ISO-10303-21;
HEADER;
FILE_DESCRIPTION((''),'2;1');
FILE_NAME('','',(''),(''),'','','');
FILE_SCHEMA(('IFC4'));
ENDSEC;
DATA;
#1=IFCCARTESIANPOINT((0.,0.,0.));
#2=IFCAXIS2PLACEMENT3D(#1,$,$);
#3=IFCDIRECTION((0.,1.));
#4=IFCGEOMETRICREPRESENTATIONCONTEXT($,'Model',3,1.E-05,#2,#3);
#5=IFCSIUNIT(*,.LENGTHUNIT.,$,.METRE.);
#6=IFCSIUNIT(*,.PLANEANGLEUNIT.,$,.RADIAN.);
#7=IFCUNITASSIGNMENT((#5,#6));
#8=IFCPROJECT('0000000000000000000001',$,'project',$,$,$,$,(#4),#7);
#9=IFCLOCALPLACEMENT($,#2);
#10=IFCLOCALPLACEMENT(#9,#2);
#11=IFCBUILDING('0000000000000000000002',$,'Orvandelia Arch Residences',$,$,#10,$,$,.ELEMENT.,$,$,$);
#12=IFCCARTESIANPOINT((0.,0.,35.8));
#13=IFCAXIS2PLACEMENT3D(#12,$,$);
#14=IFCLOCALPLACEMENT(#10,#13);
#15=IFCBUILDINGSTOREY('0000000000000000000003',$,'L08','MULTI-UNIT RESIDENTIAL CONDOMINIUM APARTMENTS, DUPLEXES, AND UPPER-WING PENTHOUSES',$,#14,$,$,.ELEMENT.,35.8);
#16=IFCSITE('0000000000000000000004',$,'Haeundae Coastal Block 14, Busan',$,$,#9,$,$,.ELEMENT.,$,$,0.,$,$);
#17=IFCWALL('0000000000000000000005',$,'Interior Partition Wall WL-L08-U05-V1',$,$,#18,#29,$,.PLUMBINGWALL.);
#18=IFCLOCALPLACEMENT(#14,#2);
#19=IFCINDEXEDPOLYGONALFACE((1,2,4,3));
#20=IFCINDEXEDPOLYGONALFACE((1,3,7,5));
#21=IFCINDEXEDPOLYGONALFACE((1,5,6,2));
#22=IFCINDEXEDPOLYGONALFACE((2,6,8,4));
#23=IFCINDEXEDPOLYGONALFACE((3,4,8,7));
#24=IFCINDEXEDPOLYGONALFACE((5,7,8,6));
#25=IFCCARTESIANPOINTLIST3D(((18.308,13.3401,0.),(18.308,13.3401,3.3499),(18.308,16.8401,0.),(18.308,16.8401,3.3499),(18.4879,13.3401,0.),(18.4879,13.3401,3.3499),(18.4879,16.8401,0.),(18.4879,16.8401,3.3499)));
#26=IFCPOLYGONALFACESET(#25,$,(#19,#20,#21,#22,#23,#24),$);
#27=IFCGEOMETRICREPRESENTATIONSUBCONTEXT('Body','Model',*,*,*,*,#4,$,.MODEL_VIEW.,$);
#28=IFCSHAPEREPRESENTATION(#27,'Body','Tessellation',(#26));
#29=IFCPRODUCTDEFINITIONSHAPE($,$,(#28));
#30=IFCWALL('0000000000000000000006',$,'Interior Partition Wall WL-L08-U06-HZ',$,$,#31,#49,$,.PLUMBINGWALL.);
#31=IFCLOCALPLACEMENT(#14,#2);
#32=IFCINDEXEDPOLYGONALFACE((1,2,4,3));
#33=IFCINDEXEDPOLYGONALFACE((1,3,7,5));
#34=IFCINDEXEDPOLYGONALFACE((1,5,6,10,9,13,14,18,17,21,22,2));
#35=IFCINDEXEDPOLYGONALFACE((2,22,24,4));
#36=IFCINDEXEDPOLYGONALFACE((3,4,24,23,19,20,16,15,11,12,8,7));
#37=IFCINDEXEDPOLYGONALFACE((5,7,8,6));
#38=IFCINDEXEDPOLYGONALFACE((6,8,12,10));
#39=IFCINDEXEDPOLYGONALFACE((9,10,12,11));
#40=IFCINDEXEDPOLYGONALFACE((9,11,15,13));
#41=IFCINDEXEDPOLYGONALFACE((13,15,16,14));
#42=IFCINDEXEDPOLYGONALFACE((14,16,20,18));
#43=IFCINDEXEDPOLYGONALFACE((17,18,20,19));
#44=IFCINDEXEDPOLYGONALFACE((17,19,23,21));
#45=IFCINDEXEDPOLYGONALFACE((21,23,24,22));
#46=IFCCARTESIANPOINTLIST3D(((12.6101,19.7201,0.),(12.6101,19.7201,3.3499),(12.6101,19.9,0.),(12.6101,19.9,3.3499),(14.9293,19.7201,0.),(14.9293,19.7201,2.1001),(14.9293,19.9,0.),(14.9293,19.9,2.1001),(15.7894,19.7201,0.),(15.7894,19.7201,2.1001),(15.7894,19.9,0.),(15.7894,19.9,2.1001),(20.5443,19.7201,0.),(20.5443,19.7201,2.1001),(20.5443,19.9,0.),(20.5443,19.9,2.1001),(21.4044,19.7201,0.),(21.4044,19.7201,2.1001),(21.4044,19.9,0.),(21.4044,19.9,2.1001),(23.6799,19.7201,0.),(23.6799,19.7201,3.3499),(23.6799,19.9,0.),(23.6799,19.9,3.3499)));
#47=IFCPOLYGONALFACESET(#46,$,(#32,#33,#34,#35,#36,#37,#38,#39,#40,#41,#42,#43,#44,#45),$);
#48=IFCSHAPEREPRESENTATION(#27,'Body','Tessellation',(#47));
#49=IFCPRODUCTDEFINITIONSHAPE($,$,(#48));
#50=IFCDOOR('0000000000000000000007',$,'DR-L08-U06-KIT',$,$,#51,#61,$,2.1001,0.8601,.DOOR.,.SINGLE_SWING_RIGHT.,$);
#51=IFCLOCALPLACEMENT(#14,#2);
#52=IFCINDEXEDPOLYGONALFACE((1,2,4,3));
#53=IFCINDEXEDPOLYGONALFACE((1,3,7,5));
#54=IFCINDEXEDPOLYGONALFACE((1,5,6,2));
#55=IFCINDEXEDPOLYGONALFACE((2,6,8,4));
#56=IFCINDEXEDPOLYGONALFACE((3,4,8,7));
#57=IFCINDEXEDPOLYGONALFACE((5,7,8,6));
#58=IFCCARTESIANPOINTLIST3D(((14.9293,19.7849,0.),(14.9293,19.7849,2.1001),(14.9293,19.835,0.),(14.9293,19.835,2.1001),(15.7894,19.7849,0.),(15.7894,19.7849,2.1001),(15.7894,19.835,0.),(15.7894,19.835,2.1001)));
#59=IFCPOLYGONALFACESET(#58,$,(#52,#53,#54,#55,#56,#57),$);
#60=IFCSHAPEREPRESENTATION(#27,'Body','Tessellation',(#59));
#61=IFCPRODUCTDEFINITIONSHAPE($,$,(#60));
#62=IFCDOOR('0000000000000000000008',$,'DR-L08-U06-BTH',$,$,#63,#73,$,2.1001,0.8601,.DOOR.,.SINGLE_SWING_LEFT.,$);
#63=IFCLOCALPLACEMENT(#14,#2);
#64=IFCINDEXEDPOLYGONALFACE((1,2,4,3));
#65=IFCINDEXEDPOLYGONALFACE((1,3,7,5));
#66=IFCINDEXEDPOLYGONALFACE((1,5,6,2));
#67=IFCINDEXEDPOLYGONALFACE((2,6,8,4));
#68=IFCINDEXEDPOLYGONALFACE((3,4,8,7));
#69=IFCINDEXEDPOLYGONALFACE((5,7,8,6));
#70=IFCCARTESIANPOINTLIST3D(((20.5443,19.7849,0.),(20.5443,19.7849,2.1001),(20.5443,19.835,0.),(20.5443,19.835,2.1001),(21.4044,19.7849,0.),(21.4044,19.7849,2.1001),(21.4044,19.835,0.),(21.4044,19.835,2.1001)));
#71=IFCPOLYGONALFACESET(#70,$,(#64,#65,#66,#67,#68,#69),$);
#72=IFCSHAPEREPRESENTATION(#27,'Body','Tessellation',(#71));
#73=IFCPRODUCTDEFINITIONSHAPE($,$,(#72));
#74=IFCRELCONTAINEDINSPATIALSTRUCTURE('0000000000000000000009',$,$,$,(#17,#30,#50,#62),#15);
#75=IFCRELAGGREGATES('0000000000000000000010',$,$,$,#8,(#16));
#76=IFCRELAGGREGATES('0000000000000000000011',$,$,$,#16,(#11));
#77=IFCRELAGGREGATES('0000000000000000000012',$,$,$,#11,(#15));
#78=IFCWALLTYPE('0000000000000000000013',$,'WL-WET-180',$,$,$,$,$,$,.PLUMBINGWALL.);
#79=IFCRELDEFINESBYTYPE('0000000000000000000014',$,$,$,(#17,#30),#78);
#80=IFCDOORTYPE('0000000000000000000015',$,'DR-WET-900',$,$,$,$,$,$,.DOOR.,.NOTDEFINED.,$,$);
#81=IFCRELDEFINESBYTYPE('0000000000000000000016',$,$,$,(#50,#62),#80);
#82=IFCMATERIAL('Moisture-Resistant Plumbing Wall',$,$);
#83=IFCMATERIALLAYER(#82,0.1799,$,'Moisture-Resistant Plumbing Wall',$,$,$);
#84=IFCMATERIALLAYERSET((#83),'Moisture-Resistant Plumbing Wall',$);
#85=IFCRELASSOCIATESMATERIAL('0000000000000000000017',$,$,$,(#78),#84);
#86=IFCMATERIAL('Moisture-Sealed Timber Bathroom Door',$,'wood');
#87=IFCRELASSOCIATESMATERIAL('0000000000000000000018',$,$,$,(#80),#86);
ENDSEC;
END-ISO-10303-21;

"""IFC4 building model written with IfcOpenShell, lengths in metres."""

from ifc_helpers import new_model, si_unit, direction, frame, frame_2d, origin, place, context, subcontext, project, spatial, rectangle, extrude, material, layer, layer_set, type_object, element, fill, save


model = new_model("IFC4")

# Units and contexts
model_context = context("Model", 3, precision=1e-05, world=origin(), true_north=direction((0.0, 1.0)))
body_context = subcontext(model_context, "Body", "Model", "MODEL_VIEW")
ifc_project = project(units=[si_unit("LENGTHUNIT", "METRE"), si_unit("PLANEANGLEUNIT", "RADIAN")], contexts=[model_context])

# Site, building, storey
site_placement = place(None, origin())
site = spatial("IfcSite", under=ifc_project, at=site_placement, Name="Haeundae Coastal Block 14, Busan", CompositionType="ELEMENT", RefElevation=0.0)
building_placement = place(site_placement, origin())
building = spatial("IfcBuilding", under=site, at=building_placement, Name="Orvandelia Arch Residences", CompositionType="ELEMENT")
storey_placement = place(building_placement, frame((0.0, 0.0, 35.8)))
storey = spatial("IfcBuildingStorey", under=building, at=storey_placement, Name="L08", Description="MULTI-UNIT RESIDENTIAL CONDOMINIUM APARTMENTS, DUPLEXES, AND UPPER-WING PENTHOUSES", CompositionType="ELEMENT", Elevation=35.8)

# Shared definitions
ifc_material_1 = material(Name="Moisture-Resistant Plumbing Wall")
ifc_layer_1 = layer(ifc_material_1, 0.1799, Name="Moisture-Resistant Plumbing Wall")
ifc_layer_set_1 = layer_set([ifc_layer_1], Name="Moisture-Resistant Plumbing Wall")
wall_type_1 = type_object("IfcWallType", Name="WL-WET-180", PredefinedType="PLUMBINGWALL", material=ifc_layer_set_1)
ifc_material_2 = material(Name="Moisture-Sealed Timber Bathroom Door", Category="wood")
door_type_1 = type_object("IfcDoorType", Name="DR-WET-900", OperationType="NOTDEFINED", PredefinedType="DOOR", material=ifc_material_2)

# Wall
wall_1_placement = place(storey_placement, frame((18.3979, 13.3401, 0.0), z_axis=(0.0, 0.0, 1.0), x_axis=(0.0, 1.0, 0.0)))
element("IfcWall", 1, at=wall_1_placement, inside=storey, type_object=wall_type_1, Name="Interior Partition Wall WL-L08-U05-V1", PredefinedType="PLUMBINGWALL", context=body_context, shape_type="SweptSolid", body=[
    extrude(rectangle(XDim=3.5, YDim=0.1799, at=frame_2d((1.75, 0.0))), origin(), (0.0, 0.0, 1.0), 3.3499),
])

# Wall, openings, doors
wall_2_placement = place(storey_placement, frame((12.6101, 19.8101, 0.0), z_axis=(0.0, 0.0, 1.0), x_axis=(1.0, 0.0, 0.0)))
wall_2 = element("IfcWall", 2, at=wall_2_placement, inside=storey, type_object=wall_type_1, Name="Interior Partition Wall WL-L08-U06-HZ", PredefinedType="PLUMBINGWALL", context=body_context, shape_type="SweptSolid", body=[
    extrude(rectangle(XDim=11.0698, YDim=0.1799, at=frame_2d((5.5349, 0.0))), origin(), (0.0, 0.0, 1.0), 3.3499),
])
opening_1_placement = place(wall_2_placement, frame((2.3191, 0.0, 0.0)))
opening_1 = element("IfcOpeningElement", 3, at=opening_1_placement, cuts=wall_2, PredefinedType="OPENING", context=body_context, shape_type="SweptSolid", body=[
    extrude(rectangle(XDim=0.8601, YDim=2.1001, at=frame_2d((0.4302, 1.05))), frame((0.0, 0.1001, 0.0), z_axis=(0.0, -1.0, 0.0), x_axis=(1.0, 0.0, 0.0)), (0.0, 0.0, 1.0), 0.2),
])
opening_2_placement = place(wall_2_placement, frame((7.9341, 0.0, 0.0)))
opening_2 = element("IfcOpeningElement", 4, at=opening_2_placement, cuts=wall_2, PredefinedType="OPENING", context=body_context, shape_type="SweptSolid", body=[
    extrude(rectangle(XDim=0.8601, YDim=2.1001, at=frame_2d((0.4302, 1.05))), frame((0.0, 0.1001, 0.0), z_axis=(0.0, -1.0, 0.0), x_axis=(1.0, 0.0, 0.0)), (0.0, 0.0, 1.0), 0.2),
])
door_1_placement = place(opening_1_placement, origin())
door_1 = element("IfcDoor", 5, at=door_1_placement, inside=storey, type_object=door_type_1, Name="DR-L08-U06-KIT", OperationType="SINGLE_SWING_RIGHT", OverallHeight=2.1001, OverallWidth=0.8601, PredefinedType="DOOR", context=body_context, shape_type="SweptSolid", body=[
    extrude(rectangle(XDim=0.8601, YDim=2.1001, at=frame_2d((0.4302, 1.05))), frame((0.0, 0.0249, 0.0), z_axis=(0.0, -1.0, 0.0), x_axis=(1.0, 0.0, 0.0)), (0.0, 0.0, 1.0), 0.05),
])
fill(opening_1, door_1)
door_2_placement = place(opening_2_placement, origin())
door_2 = element("IfcDoor", 6, at=door_2_placement, inside=storey, type_object=door_type_1, Name="DR-L08-U06-BTH", OperationType="SINGLE_SWING_LEFT", OverallHeight=2.1001, OverallWidth=0.8601, PredefinedType="DOOR", context=body_context, shape_type="SweptSolid", body=[
    extrude(rectangle(XDim=0.8601, YDim=2.1001, at=frame_2d((0.4302, 1.05))), frame((0.0, 0.0249, 0.0), z_axis=(0.0, -1.0, 0.0), x_axis=(1.0, 0.0, 0.0)), (0.0, 0.0, 1.0), 0.05),
])
fill(opening_2, door_2)

save(model, "model.ifc")
